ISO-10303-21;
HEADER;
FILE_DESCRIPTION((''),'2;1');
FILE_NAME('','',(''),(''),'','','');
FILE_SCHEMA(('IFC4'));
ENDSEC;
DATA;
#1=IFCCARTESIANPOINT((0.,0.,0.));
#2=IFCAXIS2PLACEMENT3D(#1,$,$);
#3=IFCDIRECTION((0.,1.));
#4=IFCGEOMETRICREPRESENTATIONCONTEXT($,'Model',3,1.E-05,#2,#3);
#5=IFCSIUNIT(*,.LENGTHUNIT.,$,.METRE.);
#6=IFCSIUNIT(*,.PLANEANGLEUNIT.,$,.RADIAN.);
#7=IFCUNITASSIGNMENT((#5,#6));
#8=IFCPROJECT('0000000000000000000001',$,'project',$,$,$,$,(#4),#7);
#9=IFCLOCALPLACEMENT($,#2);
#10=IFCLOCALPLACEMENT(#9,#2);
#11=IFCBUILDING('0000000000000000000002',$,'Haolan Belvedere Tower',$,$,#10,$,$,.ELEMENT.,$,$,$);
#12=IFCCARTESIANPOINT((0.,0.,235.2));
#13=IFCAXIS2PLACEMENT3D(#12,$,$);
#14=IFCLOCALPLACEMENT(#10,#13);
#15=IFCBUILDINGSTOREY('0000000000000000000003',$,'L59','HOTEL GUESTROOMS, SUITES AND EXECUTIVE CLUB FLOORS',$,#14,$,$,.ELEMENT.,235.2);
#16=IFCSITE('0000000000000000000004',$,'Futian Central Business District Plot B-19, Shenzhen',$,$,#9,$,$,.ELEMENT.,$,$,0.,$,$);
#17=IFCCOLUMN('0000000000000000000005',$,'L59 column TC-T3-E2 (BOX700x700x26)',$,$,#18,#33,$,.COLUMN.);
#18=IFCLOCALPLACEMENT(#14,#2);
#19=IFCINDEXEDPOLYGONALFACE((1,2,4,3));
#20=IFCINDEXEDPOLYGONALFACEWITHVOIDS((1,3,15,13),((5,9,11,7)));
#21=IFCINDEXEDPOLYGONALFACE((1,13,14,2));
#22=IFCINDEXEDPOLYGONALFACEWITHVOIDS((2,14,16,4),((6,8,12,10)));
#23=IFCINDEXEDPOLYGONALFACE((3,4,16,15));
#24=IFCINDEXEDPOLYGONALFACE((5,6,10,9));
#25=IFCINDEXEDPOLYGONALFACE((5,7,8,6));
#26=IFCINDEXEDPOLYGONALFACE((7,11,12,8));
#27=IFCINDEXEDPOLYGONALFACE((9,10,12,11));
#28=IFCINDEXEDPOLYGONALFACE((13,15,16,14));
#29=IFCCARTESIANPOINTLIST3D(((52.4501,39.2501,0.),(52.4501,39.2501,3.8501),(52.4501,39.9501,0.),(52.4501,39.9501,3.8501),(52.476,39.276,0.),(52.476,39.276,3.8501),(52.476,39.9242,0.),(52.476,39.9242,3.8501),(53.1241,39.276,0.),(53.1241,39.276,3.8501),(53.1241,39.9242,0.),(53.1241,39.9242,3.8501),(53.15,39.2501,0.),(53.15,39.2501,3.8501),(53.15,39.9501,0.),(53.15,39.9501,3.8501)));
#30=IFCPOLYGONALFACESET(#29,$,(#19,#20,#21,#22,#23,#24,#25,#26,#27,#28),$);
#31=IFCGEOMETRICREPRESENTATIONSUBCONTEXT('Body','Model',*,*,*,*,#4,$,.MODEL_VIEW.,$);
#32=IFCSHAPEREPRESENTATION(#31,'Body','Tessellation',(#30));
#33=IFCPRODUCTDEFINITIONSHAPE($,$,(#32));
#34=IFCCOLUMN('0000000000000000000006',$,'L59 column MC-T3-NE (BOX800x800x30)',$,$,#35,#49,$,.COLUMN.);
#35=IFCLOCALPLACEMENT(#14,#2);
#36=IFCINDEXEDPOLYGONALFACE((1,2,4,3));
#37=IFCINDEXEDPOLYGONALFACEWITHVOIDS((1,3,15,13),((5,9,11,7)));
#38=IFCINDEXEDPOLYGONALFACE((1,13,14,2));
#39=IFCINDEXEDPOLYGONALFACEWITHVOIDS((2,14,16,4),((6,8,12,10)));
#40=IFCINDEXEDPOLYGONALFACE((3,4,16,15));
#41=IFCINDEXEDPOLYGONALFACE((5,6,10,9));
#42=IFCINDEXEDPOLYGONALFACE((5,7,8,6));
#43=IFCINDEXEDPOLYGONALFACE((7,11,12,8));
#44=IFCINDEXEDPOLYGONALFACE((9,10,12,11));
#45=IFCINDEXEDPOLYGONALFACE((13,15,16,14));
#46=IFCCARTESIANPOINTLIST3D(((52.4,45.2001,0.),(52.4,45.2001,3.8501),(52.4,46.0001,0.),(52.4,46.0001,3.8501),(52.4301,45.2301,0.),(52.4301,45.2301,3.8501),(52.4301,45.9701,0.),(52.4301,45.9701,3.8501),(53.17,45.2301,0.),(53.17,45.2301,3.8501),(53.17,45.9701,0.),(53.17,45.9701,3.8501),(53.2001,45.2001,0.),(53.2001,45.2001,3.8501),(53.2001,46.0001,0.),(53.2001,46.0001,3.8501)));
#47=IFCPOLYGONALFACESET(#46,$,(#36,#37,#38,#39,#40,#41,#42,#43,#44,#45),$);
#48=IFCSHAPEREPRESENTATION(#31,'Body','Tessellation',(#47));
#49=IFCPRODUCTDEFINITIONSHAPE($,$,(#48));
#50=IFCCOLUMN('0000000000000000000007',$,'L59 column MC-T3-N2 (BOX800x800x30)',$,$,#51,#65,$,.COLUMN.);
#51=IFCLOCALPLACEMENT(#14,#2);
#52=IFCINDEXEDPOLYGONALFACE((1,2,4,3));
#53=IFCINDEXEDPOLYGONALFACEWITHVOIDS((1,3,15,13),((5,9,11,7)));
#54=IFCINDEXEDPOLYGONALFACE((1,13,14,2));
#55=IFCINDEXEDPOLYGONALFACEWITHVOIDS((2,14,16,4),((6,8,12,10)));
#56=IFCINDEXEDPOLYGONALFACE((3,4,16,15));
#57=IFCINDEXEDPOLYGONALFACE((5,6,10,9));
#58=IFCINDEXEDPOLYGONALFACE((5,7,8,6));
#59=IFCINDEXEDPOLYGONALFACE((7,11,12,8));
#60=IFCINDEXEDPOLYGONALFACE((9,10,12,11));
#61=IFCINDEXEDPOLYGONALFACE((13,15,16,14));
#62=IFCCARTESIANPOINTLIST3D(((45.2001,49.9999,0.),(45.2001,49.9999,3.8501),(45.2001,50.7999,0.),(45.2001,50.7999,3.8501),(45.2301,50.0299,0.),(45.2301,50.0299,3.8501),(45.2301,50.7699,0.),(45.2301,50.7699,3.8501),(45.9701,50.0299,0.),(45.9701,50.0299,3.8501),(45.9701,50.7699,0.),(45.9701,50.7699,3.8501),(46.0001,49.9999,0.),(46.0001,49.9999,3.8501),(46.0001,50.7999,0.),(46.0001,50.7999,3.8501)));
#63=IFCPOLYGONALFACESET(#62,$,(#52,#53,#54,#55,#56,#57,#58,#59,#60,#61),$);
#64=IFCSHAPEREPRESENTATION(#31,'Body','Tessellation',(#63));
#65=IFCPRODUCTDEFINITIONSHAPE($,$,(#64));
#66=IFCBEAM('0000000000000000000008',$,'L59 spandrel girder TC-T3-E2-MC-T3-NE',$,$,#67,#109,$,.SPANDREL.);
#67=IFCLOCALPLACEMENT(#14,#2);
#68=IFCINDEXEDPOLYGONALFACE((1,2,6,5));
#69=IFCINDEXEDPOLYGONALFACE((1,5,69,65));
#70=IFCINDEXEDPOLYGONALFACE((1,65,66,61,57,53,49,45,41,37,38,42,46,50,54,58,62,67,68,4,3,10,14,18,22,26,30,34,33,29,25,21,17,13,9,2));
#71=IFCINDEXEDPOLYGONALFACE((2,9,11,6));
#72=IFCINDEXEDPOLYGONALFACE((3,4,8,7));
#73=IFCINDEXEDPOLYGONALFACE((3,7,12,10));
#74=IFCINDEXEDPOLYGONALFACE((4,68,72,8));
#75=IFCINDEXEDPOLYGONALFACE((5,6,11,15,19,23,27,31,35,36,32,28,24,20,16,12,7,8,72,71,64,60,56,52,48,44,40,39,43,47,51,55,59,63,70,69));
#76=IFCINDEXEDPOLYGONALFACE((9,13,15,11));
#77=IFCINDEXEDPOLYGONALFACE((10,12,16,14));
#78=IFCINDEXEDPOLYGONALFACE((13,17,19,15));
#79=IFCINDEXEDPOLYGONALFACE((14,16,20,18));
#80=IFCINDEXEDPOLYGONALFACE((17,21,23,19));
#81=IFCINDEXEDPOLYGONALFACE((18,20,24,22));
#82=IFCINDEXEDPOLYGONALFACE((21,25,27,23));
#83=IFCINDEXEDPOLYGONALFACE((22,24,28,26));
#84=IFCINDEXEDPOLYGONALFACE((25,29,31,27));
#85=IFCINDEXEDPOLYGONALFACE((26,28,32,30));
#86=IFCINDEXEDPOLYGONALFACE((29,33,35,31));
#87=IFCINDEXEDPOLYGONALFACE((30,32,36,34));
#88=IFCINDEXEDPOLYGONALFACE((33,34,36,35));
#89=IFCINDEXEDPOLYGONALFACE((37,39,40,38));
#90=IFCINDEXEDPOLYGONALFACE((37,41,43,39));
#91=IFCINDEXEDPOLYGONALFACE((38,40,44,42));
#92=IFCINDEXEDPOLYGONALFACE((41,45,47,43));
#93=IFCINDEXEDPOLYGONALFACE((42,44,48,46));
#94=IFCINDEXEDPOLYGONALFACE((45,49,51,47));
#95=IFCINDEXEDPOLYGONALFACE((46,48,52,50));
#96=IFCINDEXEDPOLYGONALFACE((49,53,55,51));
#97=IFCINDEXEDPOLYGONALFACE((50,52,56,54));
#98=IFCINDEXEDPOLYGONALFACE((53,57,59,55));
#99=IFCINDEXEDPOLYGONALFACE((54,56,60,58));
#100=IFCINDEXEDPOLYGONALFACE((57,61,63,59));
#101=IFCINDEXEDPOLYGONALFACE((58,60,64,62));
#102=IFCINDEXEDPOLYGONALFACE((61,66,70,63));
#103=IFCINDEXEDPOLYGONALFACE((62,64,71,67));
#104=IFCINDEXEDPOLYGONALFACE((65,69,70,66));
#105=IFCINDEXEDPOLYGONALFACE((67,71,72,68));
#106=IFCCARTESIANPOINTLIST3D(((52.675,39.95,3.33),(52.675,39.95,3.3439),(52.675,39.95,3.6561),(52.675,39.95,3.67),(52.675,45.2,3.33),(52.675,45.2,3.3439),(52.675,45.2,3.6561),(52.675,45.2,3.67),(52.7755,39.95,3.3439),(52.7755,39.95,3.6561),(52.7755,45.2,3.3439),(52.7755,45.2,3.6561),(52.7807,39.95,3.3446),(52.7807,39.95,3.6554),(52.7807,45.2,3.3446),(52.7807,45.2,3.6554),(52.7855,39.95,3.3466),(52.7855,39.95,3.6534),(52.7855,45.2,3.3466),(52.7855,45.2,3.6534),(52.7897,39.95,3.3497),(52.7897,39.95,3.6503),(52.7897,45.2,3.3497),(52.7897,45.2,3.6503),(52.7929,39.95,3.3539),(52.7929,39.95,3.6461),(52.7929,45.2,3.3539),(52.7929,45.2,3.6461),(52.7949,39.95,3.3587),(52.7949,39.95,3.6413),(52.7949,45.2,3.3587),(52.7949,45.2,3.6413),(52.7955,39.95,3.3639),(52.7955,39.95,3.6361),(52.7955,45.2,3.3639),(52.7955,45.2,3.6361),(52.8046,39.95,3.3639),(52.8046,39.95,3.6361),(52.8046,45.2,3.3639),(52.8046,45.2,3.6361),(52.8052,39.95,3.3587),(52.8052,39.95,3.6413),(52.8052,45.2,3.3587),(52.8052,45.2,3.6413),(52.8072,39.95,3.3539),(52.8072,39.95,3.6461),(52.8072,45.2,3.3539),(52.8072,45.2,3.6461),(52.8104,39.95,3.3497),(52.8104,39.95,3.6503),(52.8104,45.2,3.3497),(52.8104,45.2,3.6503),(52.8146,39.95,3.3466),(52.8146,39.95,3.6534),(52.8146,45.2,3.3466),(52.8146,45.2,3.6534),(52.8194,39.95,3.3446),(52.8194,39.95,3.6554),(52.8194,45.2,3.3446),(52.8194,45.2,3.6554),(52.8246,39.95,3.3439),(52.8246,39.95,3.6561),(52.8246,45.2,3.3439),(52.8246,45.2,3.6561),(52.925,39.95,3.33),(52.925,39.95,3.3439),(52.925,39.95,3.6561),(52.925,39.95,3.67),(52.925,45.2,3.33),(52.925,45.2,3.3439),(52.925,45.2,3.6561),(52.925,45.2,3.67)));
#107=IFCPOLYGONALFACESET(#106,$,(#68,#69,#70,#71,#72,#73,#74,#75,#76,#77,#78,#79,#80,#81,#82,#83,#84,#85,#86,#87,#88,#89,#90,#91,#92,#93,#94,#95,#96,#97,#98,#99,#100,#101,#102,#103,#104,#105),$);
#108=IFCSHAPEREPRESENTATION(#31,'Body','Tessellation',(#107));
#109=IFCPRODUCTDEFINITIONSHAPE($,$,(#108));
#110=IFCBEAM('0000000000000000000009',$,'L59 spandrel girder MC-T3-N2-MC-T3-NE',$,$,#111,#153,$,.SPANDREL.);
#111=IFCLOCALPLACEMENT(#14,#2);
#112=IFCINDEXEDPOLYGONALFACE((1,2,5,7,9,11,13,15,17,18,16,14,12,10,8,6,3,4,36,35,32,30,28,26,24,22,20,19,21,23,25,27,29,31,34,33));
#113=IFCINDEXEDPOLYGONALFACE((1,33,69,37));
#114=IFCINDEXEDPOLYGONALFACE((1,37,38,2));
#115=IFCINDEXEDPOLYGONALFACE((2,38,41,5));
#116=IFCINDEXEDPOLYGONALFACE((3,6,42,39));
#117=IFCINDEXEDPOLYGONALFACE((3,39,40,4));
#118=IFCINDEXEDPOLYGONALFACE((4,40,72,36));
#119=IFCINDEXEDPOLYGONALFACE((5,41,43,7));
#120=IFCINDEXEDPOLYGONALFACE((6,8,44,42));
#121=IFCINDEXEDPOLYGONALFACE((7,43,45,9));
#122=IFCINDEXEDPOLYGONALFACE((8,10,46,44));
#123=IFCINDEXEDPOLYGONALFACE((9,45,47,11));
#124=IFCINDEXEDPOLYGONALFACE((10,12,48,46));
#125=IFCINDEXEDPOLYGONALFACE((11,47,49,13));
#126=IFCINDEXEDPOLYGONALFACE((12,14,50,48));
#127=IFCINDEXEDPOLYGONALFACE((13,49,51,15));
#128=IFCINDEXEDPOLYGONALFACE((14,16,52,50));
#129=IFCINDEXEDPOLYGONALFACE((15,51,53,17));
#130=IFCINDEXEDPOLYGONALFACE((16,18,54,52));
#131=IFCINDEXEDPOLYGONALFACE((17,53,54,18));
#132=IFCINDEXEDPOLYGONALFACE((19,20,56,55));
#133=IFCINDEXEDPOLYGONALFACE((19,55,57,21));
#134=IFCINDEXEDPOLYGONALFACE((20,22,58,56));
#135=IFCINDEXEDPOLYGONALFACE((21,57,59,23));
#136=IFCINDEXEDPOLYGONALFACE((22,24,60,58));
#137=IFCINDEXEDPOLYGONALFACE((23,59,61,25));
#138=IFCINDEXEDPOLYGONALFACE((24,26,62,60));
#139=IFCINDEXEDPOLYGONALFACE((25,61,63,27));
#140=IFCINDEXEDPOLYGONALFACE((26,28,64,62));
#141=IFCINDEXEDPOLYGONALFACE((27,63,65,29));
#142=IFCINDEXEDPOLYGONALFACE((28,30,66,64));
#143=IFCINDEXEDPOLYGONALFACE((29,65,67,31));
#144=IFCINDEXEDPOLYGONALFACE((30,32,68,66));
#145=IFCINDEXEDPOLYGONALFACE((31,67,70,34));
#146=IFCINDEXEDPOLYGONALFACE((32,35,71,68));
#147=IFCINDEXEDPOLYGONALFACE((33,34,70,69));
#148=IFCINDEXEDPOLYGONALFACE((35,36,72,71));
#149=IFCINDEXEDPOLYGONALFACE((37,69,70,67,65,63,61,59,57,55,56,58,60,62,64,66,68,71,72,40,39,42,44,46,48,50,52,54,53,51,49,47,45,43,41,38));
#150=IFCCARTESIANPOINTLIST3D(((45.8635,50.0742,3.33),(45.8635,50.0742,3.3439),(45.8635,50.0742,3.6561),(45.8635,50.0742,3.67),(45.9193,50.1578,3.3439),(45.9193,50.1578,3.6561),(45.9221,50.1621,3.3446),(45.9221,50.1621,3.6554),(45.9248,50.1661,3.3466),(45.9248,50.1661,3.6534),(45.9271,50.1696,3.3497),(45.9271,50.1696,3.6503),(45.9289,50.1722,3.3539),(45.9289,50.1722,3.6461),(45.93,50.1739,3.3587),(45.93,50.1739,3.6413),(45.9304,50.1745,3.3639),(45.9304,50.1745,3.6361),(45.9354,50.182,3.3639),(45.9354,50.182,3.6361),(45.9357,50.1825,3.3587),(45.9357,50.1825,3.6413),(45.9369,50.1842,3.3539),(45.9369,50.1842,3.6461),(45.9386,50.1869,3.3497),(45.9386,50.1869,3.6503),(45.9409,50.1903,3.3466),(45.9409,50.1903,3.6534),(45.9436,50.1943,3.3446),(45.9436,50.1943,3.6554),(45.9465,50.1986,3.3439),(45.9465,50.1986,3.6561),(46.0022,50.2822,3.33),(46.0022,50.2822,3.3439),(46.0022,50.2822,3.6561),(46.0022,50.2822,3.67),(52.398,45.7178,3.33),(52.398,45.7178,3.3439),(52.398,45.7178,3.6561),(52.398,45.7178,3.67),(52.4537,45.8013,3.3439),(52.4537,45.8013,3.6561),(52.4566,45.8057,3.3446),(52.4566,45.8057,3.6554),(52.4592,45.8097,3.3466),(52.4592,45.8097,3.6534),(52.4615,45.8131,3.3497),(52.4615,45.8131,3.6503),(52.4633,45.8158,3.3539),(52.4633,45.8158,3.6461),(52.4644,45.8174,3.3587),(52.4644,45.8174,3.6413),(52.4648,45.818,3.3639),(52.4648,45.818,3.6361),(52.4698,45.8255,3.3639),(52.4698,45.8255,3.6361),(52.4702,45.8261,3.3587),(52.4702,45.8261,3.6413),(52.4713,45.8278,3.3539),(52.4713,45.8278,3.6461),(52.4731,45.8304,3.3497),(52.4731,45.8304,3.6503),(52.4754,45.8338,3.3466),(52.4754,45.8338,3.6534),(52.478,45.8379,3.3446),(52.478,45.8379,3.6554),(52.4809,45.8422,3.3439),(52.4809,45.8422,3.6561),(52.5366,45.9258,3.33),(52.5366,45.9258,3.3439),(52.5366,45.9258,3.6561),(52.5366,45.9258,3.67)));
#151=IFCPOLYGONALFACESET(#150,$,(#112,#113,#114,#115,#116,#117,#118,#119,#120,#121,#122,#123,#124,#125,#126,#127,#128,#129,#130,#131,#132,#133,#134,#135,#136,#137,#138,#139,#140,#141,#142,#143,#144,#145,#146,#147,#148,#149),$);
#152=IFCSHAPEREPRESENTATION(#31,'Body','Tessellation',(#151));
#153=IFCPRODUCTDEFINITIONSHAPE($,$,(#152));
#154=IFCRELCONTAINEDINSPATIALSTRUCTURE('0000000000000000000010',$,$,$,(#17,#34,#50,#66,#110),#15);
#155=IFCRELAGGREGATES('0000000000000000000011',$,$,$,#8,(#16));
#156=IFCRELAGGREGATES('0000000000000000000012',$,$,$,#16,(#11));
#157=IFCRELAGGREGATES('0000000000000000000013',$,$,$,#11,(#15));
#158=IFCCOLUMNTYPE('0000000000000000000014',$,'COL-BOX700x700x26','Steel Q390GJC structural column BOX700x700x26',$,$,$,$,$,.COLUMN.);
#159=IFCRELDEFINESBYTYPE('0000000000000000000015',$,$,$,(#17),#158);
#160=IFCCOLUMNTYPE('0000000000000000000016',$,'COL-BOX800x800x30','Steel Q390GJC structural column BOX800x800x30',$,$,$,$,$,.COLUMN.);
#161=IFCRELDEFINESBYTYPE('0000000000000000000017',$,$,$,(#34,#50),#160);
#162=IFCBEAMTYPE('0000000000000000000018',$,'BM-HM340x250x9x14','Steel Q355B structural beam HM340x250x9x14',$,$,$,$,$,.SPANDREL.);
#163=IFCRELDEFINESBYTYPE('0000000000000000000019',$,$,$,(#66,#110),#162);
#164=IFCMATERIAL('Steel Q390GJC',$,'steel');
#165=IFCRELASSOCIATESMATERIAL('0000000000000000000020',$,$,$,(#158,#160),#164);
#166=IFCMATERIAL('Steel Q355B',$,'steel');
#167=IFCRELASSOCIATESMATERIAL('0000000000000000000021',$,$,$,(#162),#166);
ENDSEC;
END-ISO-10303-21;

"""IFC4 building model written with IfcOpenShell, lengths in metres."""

from ifc_helpers import new_model, si_unit, direction, frame, origin, origin_2d, place, context, subcontext, project, spatial, hollow_rectangle, i_section, extrude, material, material_profile, profile_set, type_object, element, save


model = new_model("IFC4")

# Units and contexts
model_context = context("Model", 3, precision=1e-05, world=origin(), true_north=direction((0.0, 1.0)))
body_context = subcontext(model_context, "Body", "Model", "MODEL_VIEW")
ifc_project = project(units=[si_unit("LENGTHUNIT", "METRE"), si_unit("PLANEANGLEUNIT", "RADIAN")], contexts=[model_context])

# Site, building, storey
site_placement = place(None, origin())
site = spatial("IfcSite", under=ifc_project, at=site_placement, Name="Futian Central Business District Plot B-19, Shenzhen", CompositionType="ELEMENT", RefElevation=0.0)
building_placement = place(site_placement, origin())
building = spatial("IfcBuilding", under=site, at=building_placement, Name="Haolan Belvedere Tower", CompositionType="ELEMENT")
storey_placement = place(building_placement, frame((0.0, 0.0, 235.2)))
storey = spatial("IfcBuildingStorey", under=building, at=storey_placement, Name="L59", Description="HOTEL GUESTROOMS, SUITES AND EXECUTIVE CLUB FLOORS", CompositionType="ELEMENT", Elevation=235.2)

# Columns
ifc_material_1 = material(Name="Steel Q390GJC", Category="steel")
ifc_material_profile_1 = material_profile(ifc_material_1, hollow_rectangle(XDim=0.7, YDim=0.7, WallThickness=0.0259, at=origin_2d()), Name="Steel Q390GJC")
ifc_profile_set_1 = profile_set([ifc_material_profile_1], Name="Steel Q390GJC")
column_type_1 = type_object("IfcColumnType", Name="COL-BOX700x700x26", Description="Steel Q390GJC structural column BOX700x700x26", PredefinedType="COLUMN", material=ifc_profile_set_1)
column_placement = place(storey_placement, frame((52.8, 39.6001, 0.0), z_axis=(0.0, 0.0, 1.0), x_axis=(1.0, 0.0, 0.0)))
element("IfcColumn", 1, at=column_placement, inside=storey, type_object=column_type_1, Name="L59 column TC-T3-E2 (BOX700x700x26)", PredefinedType="COLUMN", context=body_context, shape_type="SweptSolid", body=[
    extrude(hollow_rectangle(XDim=0.7, YDim=0.7, WallThickness=0.0259, at=origin_2d()), origin(), (0.0, 0.0, 1.0), 3.8501),
])
ifc_material_profile_2 = material_profile(ifc_material_1, hollow_rectangle(XDim=0.8, YDim=0.8, WallThickness=0.03, at=origin_2d()), Name="Steel Q390GJC")
ifc_profile_set_2 = profile_set([ifc_material_profile_2], Name="Steel Q390GJC")
column_type_2 = type_object("IfcColumnType", Name="COL-BOX800x800x30", Description="Steel Q390GJC structural column BOX800x800x30", PredefinedType="COLUMN", material=ifc_profile_set_2)
for number, where, z_axis, x_axis, name in (
    (2, (52.8, 45.6001, 0.0), (0.0, 0.0, 1.0), (1.0, 0.0, 0.0), "L59 column MC-T3-NE (BOX800x800x30)"),
    (3, (45.6001, 50.3999, 0.0), (0.0, 0.0, 1.0), (1.0, 0.0, 0.0), "L59 column MC-T3-N2 (BOX800x800x30)"),
):
    element("IfcColumn", number, at=place(storey_placement, frame(where, z_axis=z_axis, x_axis=x_axis)), inside=storey, type_object=column_type_2, Name=name, PredefinedType="COLUMN", context=body_context, shape_type="SweptSolid", body=[
        extrude(hollow_rectangle(XDim=0.8, YDim=0.8, WallThickness=0.03, at=origin_2d()), origin(), (0.0, 0.0, 1.0), 3.8501),
    ])

# Beams
ifc_material_2 = material(Name="Steel Q355B", Category="steel")
ifc_material_profile_3 = material_profile(ifc_material_2, i_section(OverallWidth=0.25, OverallDepth=0.3401, WebThickness=0.009, FlangeThickness=0.0139, FilletRadius=0.02, at=origin_2d()), Name="Steel Q355B")
ifc_profile_set_3 = profile_set([ifc_material_profile_3], Name="Steel Q355B")
beam_type_1 = type_object("IfcBeamType", Name="BM-HM340x250x9x14", Description="Steel Q355B structural beam HM340x250x9x14", PredefinedType="SPANDREL", material=ifc_profile_set_3)
beam_1_placement = place(storey_placement, frame((52.8, 39.95, 3.5), z_axis=(0.0, 1.0, 0.0), x_axis=(-1.0, 0.0, 0.0)))
element("IfcBeam", 4, at=beam_1_placement, inside=storey, type_object=beam_type_1, Name="L59 spandrel girder TC-T3-E2-MC-T3-NE", PredefinedType="SPANDREL", context=body_context, shape_type="SweptSolid", body=[
    extrude(i_section(OverallWidth=0.25, OverallDepth=0.3401, WebThickness=0.009, FlangeThickness=0.0139, FilletRadius=0.02, at=origin_2d()), origin(), (0.0, 0.0, 1.0), 5.25),
])
beam_2_placement = place(storey_placement, frame((45.9329, 50.1782, 3.5), z_axis=(0.832041, -0.554715, 0.0), x_axis=(0.554715, 0.832041, 0.0)))
element("IfcBeam", 5, at=beam_2_placement, inside=storey, type_object=beam_type_1, Name="L59 spandrel girder MC-T3-N2-MC-T3-NE", PredefinedType="SPANDREL", context=body_context, shape_type="SweptSolid", body=[
    extrude(i_section(OverallWidth=0.25, OverallDepth=0.3401, WebThickness=0.009, FlangeThickness=0.0139, FilletRadius=0.02, at=origin_2d()), origin(), (0.0, 0.0, 1.0), 7.8535),
])

save(model, "model.ifc")
